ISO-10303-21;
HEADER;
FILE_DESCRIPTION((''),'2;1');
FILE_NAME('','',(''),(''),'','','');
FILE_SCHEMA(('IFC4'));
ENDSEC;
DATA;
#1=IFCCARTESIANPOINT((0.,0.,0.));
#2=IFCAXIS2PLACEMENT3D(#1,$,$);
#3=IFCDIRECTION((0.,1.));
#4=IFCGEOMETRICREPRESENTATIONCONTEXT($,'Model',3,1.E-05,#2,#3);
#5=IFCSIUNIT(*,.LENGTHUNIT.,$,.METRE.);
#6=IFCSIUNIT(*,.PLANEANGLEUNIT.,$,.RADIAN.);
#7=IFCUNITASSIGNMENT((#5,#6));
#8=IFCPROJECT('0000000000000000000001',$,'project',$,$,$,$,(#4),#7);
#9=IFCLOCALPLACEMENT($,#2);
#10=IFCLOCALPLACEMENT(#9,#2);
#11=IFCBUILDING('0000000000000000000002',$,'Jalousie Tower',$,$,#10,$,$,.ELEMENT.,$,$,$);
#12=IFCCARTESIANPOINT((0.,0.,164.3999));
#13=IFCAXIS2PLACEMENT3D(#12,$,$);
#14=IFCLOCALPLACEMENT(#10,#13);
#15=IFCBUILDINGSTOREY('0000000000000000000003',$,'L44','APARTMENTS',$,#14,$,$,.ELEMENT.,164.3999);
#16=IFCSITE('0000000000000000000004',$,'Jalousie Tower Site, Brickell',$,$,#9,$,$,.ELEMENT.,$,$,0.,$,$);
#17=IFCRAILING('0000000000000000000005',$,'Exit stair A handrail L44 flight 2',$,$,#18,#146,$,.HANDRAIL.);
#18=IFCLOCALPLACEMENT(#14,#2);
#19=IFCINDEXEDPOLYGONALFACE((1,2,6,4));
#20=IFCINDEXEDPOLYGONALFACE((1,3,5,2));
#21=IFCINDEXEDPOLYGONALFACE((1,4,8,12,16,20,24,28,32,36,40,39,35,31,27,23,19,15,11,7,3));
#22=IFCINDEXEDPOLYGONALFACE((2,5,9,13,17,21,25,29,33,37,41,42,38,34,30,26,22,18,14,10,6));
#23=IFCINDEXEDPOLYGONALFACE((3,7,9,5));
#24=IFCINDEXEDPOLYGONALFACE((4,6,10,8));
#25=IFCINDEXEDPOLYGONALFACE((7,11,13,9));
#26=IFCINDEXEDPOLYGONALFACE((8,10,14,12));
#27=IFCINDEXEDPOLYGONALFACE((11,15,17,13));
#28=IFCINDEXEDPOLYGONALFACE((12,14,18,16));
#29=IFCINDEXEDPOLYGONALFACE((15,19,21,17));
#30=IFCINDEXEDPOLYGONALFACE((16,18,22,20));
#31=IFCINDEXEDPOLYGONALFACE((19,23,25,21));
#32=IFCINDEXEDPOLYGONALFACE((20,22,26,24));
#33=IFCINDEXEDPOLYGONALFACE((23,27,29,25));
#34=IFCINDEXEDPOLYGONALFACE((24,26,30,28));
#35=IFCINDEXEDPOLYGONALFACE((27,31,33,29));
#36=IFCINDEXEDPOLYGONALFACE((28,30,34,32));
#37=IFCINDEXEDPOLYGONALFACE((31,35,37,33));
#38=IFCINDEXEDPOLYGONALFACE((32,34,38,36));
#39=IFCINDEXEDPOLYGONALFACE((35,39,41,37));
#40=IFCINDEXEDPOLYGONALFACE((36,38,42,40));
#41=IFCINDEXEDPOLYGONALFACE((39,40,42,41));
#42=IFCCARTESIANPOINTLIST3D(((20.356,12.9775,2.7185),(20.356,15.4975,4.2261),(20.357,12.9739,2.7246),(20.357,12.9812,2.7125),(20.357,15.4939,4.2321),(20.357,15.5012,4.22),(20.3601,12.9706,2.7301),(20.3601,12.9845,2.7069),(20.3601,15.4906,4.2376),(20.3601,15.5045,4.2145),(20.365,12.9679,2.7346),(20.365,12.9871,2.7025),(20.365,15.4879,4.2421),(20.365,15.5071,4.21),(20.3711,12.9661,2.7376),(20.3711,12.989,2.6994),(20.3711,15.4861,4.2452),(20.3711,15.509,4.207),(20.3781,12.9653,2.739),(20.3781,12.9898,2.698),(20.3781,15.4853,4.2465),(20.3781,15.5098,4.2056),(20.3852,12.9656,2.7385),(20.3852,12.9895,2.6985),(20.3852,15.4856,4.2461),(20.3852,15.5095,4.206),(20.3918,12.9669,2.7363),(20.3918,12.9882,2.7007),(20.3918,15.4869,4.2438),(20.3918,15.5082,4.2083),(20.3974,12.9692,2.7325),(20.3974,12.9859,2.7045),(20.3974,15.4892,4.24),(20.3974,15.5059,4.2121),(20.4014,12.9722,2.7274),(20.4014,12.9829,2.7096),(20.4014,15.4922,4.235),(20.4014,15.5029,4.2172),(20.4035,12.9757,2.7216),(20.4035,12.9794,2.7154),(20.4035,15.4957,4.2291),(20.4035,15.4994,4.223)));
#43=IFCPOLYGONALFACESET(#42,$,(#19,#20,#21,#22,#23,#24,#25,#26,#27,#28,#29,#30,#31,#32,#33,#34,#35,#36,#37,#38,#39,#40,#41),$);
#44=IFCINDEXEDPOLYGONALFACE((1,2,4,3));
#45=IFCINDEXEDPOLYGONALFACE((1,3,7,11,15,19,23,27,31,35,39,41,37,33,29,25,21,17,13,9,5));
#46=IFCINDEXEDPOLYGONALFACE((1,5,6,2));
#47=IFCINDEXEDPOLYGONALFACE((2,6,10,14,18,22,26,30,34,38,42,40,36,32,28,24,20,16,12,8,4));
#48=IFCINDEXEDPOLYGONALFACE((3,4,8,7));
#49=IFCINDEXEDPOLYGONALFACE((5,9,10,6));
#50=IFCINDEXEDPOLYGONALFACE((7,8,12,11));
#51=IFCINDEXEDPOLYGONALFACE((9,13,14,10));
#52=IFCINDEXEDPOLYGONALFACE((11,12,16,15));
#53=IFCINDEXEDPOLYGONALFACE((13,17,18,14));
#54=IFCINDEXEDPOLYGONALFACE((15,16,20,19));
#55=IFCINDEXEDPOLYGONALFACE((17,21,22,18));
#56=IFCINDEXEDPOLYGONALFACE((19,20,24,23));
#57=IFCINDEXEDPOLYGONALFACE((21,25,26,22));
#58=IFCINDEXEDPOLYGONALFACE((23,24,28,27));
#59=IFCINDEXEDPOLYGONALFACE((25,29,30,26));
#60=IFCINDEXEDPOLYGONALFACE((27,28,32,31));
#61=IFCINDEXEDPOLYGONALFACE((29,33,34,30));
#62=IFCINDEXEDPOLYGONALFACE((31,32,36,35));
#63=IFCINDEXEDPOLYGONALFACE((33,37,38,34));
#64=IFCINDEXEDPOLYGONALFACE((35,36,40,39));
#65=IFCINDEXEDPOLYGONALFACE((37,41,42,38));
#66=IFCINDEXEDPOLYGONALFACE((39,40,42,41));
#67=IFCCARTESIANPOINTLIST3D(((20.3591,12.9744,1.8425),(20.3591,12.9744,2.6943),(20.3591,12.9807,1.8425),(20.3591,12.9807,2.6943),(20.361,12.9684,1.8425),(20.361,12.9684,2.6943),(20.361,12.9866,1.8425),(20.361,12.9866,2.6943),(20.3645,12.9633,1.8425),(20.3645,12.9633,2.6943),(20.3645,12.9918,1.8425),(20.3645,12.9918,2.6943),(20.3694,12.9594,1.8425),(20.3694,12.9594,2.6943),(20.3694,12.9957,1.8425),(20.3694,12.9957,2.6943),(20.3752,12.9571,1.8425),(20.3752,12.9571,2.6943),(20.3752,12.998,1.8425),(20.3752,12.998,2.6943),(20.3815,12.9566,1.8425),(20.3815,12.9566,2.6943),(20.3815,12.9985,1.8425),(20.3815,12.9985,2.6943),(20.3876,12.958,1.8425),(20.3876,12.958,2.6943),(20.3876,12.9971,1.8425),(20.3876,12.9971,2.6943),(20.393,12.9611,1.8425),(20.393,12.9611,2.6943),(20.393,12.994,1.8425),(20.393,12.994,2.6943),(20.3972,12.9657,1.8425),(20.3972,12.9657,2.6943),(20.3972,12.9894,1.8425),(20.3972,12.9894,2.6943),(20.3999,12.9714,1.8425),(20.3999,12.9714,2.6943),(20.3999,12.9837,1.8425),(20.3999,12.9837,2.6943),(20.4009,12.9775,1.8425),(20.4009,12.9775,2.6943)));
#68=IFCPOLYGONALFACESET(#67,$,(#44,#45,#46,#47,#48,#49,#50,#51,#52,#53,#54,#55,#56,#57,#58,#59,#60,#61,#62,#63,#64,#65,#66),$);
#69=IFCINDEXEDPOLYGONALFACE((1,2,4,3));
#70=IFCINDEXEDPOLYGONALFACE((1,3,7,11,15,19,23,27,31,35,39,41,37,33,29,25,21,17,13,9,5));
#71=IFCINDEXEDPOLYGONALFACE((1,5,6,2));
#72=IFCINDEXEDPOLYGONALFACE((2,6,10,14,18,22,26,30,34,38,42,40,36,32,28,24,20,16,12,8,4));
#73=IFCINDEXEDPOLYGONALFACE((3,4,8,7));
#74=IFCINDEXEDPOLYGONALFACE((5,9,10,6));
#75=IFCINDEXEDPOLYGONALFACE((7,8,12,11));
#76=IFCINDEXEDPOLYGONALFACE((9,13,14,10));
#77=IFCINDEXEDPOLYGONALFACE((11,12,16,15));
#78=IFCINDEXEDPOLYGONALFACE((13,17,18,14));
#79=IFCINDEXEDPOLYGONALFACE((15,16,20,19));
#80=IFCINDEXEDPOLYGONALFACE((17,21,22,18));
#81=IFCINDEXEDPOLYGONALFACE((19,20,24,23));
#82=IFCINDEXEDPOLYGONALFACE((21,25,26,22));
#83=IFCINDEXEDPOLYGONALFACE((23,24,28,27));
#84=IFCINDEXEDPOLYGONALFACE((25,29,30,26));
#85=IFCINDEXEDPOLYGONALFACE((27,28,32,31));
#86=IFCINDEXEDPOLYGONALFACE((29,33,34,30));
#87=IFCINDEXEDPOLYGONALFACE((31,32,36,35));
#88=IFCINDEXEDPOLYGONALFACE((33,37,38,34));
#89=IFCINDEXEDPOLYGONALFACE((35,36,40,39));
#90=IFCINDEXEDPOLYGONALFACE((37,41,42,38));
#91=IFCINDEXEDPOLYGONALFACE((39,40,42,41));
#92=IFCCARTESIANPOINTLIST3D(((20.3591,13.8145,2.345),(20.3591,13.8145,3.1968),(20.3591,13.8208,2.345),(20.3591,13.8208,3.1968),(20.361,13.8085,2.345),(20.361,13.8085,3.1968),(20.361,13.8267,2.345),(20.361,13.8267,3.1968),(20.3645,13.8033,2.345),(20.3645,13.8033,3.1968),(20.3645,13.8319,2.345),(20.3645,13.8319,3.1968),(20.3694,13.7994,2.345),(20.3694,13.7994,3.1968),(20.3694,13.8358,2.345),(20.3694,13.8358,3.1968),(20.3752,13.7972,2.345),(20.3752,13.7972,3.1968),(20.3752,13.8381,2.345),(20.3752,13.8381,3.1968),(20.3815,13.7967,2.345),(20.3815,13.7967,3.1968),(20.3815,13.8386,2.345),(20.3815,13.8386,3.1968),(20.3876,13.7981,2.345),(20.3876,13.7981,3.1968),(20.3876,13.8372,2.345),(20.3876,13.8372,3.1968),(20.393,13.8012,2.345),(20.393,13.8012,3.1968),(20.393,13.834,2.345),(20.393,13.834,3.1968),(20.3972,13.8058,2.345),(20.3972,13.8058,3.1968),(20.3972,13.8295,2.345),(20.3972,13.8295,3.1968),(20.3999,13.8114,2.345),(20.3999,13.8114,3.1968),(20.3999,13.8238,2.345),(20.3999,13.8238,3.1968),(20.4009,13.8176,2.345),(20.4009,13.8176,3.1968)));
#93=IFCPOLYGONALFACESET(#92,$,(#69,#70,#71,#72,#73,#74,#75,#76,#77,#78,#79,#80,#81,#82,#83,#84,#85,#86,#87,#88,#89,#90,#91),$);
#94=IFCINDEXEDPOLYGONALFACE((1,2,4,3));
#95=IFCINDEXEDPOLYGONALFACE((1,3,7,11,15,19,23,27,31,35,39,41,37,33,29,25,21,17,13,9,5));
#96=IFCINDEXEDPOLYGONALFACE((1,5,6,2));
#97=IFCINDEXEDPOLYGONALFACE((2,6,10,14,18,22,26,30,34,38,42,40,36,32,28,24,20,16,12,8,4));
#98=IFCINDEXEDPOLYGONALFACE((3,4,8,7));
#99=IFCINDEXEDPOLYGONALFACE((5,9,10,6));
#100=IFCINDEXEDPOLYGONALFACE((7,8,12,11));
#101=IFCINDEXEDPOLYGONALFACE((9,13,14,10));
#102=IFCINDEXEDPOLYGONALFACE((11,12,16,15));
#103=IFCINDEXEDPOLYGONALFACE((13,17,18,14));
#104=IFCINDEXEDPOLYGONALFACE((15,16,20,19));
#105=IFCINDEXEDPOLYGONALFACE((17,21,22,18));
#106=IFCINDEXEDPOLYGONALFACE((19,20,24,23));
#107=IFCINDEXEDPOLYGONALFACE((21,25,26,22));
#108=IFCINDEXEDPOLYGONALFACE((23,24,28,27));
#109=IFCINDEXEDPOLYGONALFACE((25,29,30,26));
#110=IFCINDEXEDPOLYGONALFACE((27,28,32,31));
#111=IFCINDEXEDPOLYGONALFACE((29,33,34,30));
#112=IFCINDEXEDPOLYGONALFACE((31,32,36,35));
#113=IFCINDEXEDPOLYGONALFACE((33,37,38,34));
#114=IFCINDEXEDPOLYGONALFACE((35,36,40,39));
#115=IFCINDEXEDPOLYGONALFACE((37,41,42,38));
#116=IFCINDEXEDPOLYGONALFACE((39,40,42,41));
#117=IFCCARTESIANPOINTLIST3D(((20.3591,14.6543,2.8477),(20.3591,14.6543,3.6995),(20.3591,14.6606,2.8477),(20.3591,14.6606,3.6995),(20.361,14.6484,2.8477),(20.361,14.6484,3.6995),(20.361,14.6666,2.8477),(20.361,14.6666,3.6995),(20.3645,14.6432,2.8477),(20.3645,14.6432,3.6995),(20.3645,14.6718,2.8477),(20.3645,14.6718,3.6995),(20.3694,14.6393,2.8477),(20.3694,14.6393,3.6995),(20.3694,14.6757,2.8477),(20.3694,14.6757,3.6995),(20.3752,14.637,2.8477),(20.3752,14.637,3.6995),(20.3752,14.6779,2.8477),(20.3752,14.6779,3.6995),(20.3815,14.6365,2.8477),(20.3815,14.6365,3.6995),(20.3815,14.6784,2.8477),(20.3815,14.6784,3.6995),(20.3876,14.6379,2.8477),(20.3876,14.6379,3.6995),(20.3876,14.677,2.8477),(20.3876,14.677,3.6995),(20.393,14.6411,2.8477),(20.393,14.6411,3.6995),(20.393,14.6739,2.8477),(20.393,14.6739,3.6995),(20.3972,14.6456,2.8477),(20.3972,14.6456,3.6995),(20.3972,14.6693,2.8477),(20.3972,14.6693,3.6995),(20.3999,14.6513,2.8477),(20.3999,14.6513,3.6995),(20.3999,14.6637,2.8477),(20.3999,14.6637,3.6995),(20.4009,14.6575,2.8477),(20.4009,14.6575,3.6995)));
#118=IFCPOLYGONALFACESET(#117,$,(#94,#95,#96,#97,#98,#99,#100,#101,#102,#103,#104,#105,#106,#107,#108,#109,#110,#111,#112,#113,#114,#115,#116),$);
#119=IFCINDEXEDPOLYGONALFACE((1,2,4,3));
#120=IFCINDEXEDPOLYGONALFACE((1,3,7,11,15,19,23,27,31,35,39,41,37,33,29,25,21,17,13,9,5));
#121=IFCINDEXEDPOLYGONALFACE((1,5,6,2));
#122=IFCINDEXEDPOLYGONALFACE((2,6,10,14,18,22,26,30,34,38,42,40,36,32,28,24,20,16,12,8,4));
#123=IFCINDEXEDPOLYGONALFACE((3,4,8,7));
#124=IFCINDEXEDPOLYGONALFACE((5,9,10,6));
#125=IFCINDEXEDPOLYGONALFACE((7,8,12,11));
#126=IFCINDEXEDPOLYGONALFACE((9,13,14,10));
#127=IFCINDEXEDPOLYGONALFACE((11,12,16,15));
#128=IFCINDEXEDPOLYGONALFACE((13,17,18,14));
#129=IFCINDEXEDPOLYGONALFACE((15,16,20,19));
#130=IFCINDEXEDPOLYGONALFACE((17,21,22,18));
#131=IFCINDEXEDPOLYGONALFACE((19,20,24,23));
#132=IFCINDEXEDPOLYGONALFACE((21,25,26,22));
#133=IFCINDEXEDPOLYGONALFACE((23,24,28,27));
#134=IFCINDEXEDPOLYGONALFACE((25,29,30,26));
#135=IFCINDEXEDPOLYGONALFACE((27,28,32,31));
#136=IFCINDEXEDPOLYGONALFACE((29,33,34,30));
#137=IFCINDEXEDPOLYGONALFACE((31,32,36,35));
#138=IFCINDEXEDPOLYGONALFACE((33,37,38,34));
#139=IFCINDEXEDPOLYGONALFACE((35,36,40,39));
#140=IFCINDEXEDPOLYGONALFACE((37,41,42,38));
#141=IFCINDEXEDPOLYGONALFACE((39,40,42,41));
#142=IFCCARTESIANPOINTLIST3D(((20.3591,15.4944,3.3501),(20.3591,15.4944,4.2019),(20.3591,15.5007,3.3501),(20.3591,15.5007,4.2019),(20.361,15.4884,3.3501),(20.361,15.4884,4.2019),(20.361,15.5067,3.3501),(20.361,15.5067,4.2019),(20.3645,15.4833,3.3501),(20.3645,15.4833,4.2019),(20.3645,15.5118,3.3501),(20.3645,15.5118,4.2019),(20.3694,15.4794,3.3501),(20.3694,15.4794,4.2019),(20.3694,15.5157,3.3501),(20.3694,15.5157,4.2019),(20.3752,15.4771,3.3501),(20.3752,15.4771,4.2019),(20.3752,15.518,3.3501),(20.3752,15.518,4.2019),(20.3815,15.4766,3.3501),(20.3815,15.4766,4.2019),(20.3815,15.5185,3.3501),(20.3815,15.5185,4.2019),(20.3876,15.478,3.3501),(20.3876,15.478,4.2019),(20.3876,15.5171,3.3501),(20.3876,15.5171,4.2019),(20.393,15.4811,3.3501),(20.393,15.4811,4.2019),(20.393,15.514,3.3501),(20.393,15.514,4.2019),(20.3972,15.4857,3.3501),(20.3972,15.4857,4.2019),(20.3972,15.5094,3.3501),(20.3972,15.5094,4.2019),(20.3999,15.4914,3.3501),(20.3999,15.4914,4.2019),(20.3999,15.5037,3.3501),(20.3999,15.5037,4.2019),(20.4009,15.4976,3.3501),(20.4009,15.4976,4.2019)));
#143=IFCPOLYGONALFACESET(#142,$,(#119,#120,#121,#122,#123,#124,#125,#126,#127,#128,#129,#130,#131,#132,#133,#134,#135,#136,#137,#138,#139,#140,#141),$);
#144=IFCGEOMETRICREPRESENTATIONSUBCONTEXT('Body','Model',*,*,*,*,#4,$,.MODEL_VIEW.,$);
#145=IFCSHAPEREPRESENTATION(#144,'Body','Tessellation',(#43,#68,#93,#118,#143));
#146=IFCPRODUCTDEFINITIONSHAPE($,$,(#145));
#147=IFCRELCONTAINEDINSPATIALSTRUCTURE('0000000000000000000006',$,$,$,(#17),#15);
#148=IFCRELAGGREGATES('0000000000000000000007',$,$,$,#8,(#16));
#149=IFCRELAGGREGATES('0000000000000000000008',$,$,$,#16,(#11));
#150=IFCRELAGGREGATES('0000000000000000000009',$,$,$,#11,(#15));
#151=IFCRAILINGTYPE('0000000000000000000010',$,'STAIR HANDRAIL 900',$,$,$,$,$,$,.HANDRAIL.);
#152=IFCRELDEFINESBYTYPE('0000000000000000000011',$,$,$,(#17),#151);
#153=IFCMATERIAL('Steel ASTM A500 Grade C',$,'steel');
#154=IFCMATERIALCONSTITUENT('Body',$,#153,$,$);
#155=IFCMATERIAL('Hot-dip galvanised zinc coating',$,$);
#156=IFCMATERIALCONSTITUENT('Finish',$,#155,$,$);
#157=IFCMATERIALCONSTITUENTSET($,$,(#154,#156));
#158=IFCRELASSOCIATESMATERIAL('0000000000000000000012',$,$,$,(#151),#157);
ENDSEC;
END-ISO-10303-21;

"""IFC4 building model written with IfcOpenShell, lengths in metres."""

from ifc_helpers import new_model, si_unit, direction, frame, origin, origin_2d, place, context, subcontext, project, spatial, circle, extrude, material, constituent, constituent_set, type_object, element, save


model = new_model("IFC4")

# Units and contexts
model_context = context("Model", 3, precision=1e-05, world=origin(), true_north=direction((0.0, 1.0)))
body_context = subcontext(model_context, "Body", "Model", "MODEL_VIEW")
ifc_project = project(units=[si_unit("LENGTHUNIT", "METRE"), si_unit("PLANEANGLEUNIT", "RADIAN")], contexts=[model_context])

# Site, building, storey
site_placement = place(None, origin())
site = spatial("IfcSite", under=ifc_project, at=site_placement, Name="Jalousie Tower Site, Brickell", CompositionType="ELEMENT", RefElevation=0.0)
building_placement = place(site_placement, origin())
building = spatial("IfcBuilding", under=site, at=building_placement, Name="Jalousie Tower", CompositionType="ELEMENT")
storey_placement = place(building_placement, frame((0.0, 0.0, 164.3999)))
storey = spatial("IfcBuildingStorey", under=building, at=storey_placement, Name="L44", Description="APARTMENTS", CompositionType="ELEMENT", Elevation=164.3999)

# Railing
ifc_material_1 = material(Name="Steel ASTM A500 Grade C", Category="steel")
ifc_constituent_1 = constituent(ifc_material_1, Name="Body")
ifc_material_2 = material(Name="Hot-dip galvanised zinc coating")
ifc_constituent_2 = constituent(ifc_material_2, Name="Finish")
ifc_constituent_set_1 = constituent_set(constituents=[ifc_constituent_1, ifc_constituent_2])
railing_type_1 = type_object("IfcRailingType", Name="STAIR HANDRAIL 900", PredefinedType="HANDRAIL", material=ifc_constituent_set_1)
railing_1_placement = place(storey_placement, frame((20.3799, 12.9775, 1.8425)))
element("IfcRailing", 1, at=railing_1_placement, inside=storey, type_object=railing_type_1, Name="Exit stair A handrail L44 flight 2", PredefinedType="HANDRAIL", context=body_context, shape_type="SweptSolid", body=[
    extrude(circle(Radius=0.0239, at=origin_2d()), frame((0.0, 0.0, 0.876), z_axis=(0.0, 0.85816, 0.513383), x_axis=(-1.0, 0.0, 0.0)), (0.0, 0.0, 1.0), 2.9365),
    extrude(circle(Radius=0.021, at=origin_2d()), origin(), (0.0, 0.0, 1.0), 0.8518),
    extrude(circle(Radius=0.021, at=origin_2d()), frame((0.0, 0.8401, 0.5024)), (0.0, 0.0, 1.0), 0.8518),
    extrude(circle(Radius=0.021, at=origin_2d()), frame((0.0, 1.6799, 1.0051)), (0.0, 0.0, 1.0), 0.8518),
    extrude(circle(Radius=0.021, at=origin_2d()), frame((0.0, 2.52, 1.5076)), (0.0, 0.0, 1.0), 0.8518),
])

save(model, "model.ifc")
